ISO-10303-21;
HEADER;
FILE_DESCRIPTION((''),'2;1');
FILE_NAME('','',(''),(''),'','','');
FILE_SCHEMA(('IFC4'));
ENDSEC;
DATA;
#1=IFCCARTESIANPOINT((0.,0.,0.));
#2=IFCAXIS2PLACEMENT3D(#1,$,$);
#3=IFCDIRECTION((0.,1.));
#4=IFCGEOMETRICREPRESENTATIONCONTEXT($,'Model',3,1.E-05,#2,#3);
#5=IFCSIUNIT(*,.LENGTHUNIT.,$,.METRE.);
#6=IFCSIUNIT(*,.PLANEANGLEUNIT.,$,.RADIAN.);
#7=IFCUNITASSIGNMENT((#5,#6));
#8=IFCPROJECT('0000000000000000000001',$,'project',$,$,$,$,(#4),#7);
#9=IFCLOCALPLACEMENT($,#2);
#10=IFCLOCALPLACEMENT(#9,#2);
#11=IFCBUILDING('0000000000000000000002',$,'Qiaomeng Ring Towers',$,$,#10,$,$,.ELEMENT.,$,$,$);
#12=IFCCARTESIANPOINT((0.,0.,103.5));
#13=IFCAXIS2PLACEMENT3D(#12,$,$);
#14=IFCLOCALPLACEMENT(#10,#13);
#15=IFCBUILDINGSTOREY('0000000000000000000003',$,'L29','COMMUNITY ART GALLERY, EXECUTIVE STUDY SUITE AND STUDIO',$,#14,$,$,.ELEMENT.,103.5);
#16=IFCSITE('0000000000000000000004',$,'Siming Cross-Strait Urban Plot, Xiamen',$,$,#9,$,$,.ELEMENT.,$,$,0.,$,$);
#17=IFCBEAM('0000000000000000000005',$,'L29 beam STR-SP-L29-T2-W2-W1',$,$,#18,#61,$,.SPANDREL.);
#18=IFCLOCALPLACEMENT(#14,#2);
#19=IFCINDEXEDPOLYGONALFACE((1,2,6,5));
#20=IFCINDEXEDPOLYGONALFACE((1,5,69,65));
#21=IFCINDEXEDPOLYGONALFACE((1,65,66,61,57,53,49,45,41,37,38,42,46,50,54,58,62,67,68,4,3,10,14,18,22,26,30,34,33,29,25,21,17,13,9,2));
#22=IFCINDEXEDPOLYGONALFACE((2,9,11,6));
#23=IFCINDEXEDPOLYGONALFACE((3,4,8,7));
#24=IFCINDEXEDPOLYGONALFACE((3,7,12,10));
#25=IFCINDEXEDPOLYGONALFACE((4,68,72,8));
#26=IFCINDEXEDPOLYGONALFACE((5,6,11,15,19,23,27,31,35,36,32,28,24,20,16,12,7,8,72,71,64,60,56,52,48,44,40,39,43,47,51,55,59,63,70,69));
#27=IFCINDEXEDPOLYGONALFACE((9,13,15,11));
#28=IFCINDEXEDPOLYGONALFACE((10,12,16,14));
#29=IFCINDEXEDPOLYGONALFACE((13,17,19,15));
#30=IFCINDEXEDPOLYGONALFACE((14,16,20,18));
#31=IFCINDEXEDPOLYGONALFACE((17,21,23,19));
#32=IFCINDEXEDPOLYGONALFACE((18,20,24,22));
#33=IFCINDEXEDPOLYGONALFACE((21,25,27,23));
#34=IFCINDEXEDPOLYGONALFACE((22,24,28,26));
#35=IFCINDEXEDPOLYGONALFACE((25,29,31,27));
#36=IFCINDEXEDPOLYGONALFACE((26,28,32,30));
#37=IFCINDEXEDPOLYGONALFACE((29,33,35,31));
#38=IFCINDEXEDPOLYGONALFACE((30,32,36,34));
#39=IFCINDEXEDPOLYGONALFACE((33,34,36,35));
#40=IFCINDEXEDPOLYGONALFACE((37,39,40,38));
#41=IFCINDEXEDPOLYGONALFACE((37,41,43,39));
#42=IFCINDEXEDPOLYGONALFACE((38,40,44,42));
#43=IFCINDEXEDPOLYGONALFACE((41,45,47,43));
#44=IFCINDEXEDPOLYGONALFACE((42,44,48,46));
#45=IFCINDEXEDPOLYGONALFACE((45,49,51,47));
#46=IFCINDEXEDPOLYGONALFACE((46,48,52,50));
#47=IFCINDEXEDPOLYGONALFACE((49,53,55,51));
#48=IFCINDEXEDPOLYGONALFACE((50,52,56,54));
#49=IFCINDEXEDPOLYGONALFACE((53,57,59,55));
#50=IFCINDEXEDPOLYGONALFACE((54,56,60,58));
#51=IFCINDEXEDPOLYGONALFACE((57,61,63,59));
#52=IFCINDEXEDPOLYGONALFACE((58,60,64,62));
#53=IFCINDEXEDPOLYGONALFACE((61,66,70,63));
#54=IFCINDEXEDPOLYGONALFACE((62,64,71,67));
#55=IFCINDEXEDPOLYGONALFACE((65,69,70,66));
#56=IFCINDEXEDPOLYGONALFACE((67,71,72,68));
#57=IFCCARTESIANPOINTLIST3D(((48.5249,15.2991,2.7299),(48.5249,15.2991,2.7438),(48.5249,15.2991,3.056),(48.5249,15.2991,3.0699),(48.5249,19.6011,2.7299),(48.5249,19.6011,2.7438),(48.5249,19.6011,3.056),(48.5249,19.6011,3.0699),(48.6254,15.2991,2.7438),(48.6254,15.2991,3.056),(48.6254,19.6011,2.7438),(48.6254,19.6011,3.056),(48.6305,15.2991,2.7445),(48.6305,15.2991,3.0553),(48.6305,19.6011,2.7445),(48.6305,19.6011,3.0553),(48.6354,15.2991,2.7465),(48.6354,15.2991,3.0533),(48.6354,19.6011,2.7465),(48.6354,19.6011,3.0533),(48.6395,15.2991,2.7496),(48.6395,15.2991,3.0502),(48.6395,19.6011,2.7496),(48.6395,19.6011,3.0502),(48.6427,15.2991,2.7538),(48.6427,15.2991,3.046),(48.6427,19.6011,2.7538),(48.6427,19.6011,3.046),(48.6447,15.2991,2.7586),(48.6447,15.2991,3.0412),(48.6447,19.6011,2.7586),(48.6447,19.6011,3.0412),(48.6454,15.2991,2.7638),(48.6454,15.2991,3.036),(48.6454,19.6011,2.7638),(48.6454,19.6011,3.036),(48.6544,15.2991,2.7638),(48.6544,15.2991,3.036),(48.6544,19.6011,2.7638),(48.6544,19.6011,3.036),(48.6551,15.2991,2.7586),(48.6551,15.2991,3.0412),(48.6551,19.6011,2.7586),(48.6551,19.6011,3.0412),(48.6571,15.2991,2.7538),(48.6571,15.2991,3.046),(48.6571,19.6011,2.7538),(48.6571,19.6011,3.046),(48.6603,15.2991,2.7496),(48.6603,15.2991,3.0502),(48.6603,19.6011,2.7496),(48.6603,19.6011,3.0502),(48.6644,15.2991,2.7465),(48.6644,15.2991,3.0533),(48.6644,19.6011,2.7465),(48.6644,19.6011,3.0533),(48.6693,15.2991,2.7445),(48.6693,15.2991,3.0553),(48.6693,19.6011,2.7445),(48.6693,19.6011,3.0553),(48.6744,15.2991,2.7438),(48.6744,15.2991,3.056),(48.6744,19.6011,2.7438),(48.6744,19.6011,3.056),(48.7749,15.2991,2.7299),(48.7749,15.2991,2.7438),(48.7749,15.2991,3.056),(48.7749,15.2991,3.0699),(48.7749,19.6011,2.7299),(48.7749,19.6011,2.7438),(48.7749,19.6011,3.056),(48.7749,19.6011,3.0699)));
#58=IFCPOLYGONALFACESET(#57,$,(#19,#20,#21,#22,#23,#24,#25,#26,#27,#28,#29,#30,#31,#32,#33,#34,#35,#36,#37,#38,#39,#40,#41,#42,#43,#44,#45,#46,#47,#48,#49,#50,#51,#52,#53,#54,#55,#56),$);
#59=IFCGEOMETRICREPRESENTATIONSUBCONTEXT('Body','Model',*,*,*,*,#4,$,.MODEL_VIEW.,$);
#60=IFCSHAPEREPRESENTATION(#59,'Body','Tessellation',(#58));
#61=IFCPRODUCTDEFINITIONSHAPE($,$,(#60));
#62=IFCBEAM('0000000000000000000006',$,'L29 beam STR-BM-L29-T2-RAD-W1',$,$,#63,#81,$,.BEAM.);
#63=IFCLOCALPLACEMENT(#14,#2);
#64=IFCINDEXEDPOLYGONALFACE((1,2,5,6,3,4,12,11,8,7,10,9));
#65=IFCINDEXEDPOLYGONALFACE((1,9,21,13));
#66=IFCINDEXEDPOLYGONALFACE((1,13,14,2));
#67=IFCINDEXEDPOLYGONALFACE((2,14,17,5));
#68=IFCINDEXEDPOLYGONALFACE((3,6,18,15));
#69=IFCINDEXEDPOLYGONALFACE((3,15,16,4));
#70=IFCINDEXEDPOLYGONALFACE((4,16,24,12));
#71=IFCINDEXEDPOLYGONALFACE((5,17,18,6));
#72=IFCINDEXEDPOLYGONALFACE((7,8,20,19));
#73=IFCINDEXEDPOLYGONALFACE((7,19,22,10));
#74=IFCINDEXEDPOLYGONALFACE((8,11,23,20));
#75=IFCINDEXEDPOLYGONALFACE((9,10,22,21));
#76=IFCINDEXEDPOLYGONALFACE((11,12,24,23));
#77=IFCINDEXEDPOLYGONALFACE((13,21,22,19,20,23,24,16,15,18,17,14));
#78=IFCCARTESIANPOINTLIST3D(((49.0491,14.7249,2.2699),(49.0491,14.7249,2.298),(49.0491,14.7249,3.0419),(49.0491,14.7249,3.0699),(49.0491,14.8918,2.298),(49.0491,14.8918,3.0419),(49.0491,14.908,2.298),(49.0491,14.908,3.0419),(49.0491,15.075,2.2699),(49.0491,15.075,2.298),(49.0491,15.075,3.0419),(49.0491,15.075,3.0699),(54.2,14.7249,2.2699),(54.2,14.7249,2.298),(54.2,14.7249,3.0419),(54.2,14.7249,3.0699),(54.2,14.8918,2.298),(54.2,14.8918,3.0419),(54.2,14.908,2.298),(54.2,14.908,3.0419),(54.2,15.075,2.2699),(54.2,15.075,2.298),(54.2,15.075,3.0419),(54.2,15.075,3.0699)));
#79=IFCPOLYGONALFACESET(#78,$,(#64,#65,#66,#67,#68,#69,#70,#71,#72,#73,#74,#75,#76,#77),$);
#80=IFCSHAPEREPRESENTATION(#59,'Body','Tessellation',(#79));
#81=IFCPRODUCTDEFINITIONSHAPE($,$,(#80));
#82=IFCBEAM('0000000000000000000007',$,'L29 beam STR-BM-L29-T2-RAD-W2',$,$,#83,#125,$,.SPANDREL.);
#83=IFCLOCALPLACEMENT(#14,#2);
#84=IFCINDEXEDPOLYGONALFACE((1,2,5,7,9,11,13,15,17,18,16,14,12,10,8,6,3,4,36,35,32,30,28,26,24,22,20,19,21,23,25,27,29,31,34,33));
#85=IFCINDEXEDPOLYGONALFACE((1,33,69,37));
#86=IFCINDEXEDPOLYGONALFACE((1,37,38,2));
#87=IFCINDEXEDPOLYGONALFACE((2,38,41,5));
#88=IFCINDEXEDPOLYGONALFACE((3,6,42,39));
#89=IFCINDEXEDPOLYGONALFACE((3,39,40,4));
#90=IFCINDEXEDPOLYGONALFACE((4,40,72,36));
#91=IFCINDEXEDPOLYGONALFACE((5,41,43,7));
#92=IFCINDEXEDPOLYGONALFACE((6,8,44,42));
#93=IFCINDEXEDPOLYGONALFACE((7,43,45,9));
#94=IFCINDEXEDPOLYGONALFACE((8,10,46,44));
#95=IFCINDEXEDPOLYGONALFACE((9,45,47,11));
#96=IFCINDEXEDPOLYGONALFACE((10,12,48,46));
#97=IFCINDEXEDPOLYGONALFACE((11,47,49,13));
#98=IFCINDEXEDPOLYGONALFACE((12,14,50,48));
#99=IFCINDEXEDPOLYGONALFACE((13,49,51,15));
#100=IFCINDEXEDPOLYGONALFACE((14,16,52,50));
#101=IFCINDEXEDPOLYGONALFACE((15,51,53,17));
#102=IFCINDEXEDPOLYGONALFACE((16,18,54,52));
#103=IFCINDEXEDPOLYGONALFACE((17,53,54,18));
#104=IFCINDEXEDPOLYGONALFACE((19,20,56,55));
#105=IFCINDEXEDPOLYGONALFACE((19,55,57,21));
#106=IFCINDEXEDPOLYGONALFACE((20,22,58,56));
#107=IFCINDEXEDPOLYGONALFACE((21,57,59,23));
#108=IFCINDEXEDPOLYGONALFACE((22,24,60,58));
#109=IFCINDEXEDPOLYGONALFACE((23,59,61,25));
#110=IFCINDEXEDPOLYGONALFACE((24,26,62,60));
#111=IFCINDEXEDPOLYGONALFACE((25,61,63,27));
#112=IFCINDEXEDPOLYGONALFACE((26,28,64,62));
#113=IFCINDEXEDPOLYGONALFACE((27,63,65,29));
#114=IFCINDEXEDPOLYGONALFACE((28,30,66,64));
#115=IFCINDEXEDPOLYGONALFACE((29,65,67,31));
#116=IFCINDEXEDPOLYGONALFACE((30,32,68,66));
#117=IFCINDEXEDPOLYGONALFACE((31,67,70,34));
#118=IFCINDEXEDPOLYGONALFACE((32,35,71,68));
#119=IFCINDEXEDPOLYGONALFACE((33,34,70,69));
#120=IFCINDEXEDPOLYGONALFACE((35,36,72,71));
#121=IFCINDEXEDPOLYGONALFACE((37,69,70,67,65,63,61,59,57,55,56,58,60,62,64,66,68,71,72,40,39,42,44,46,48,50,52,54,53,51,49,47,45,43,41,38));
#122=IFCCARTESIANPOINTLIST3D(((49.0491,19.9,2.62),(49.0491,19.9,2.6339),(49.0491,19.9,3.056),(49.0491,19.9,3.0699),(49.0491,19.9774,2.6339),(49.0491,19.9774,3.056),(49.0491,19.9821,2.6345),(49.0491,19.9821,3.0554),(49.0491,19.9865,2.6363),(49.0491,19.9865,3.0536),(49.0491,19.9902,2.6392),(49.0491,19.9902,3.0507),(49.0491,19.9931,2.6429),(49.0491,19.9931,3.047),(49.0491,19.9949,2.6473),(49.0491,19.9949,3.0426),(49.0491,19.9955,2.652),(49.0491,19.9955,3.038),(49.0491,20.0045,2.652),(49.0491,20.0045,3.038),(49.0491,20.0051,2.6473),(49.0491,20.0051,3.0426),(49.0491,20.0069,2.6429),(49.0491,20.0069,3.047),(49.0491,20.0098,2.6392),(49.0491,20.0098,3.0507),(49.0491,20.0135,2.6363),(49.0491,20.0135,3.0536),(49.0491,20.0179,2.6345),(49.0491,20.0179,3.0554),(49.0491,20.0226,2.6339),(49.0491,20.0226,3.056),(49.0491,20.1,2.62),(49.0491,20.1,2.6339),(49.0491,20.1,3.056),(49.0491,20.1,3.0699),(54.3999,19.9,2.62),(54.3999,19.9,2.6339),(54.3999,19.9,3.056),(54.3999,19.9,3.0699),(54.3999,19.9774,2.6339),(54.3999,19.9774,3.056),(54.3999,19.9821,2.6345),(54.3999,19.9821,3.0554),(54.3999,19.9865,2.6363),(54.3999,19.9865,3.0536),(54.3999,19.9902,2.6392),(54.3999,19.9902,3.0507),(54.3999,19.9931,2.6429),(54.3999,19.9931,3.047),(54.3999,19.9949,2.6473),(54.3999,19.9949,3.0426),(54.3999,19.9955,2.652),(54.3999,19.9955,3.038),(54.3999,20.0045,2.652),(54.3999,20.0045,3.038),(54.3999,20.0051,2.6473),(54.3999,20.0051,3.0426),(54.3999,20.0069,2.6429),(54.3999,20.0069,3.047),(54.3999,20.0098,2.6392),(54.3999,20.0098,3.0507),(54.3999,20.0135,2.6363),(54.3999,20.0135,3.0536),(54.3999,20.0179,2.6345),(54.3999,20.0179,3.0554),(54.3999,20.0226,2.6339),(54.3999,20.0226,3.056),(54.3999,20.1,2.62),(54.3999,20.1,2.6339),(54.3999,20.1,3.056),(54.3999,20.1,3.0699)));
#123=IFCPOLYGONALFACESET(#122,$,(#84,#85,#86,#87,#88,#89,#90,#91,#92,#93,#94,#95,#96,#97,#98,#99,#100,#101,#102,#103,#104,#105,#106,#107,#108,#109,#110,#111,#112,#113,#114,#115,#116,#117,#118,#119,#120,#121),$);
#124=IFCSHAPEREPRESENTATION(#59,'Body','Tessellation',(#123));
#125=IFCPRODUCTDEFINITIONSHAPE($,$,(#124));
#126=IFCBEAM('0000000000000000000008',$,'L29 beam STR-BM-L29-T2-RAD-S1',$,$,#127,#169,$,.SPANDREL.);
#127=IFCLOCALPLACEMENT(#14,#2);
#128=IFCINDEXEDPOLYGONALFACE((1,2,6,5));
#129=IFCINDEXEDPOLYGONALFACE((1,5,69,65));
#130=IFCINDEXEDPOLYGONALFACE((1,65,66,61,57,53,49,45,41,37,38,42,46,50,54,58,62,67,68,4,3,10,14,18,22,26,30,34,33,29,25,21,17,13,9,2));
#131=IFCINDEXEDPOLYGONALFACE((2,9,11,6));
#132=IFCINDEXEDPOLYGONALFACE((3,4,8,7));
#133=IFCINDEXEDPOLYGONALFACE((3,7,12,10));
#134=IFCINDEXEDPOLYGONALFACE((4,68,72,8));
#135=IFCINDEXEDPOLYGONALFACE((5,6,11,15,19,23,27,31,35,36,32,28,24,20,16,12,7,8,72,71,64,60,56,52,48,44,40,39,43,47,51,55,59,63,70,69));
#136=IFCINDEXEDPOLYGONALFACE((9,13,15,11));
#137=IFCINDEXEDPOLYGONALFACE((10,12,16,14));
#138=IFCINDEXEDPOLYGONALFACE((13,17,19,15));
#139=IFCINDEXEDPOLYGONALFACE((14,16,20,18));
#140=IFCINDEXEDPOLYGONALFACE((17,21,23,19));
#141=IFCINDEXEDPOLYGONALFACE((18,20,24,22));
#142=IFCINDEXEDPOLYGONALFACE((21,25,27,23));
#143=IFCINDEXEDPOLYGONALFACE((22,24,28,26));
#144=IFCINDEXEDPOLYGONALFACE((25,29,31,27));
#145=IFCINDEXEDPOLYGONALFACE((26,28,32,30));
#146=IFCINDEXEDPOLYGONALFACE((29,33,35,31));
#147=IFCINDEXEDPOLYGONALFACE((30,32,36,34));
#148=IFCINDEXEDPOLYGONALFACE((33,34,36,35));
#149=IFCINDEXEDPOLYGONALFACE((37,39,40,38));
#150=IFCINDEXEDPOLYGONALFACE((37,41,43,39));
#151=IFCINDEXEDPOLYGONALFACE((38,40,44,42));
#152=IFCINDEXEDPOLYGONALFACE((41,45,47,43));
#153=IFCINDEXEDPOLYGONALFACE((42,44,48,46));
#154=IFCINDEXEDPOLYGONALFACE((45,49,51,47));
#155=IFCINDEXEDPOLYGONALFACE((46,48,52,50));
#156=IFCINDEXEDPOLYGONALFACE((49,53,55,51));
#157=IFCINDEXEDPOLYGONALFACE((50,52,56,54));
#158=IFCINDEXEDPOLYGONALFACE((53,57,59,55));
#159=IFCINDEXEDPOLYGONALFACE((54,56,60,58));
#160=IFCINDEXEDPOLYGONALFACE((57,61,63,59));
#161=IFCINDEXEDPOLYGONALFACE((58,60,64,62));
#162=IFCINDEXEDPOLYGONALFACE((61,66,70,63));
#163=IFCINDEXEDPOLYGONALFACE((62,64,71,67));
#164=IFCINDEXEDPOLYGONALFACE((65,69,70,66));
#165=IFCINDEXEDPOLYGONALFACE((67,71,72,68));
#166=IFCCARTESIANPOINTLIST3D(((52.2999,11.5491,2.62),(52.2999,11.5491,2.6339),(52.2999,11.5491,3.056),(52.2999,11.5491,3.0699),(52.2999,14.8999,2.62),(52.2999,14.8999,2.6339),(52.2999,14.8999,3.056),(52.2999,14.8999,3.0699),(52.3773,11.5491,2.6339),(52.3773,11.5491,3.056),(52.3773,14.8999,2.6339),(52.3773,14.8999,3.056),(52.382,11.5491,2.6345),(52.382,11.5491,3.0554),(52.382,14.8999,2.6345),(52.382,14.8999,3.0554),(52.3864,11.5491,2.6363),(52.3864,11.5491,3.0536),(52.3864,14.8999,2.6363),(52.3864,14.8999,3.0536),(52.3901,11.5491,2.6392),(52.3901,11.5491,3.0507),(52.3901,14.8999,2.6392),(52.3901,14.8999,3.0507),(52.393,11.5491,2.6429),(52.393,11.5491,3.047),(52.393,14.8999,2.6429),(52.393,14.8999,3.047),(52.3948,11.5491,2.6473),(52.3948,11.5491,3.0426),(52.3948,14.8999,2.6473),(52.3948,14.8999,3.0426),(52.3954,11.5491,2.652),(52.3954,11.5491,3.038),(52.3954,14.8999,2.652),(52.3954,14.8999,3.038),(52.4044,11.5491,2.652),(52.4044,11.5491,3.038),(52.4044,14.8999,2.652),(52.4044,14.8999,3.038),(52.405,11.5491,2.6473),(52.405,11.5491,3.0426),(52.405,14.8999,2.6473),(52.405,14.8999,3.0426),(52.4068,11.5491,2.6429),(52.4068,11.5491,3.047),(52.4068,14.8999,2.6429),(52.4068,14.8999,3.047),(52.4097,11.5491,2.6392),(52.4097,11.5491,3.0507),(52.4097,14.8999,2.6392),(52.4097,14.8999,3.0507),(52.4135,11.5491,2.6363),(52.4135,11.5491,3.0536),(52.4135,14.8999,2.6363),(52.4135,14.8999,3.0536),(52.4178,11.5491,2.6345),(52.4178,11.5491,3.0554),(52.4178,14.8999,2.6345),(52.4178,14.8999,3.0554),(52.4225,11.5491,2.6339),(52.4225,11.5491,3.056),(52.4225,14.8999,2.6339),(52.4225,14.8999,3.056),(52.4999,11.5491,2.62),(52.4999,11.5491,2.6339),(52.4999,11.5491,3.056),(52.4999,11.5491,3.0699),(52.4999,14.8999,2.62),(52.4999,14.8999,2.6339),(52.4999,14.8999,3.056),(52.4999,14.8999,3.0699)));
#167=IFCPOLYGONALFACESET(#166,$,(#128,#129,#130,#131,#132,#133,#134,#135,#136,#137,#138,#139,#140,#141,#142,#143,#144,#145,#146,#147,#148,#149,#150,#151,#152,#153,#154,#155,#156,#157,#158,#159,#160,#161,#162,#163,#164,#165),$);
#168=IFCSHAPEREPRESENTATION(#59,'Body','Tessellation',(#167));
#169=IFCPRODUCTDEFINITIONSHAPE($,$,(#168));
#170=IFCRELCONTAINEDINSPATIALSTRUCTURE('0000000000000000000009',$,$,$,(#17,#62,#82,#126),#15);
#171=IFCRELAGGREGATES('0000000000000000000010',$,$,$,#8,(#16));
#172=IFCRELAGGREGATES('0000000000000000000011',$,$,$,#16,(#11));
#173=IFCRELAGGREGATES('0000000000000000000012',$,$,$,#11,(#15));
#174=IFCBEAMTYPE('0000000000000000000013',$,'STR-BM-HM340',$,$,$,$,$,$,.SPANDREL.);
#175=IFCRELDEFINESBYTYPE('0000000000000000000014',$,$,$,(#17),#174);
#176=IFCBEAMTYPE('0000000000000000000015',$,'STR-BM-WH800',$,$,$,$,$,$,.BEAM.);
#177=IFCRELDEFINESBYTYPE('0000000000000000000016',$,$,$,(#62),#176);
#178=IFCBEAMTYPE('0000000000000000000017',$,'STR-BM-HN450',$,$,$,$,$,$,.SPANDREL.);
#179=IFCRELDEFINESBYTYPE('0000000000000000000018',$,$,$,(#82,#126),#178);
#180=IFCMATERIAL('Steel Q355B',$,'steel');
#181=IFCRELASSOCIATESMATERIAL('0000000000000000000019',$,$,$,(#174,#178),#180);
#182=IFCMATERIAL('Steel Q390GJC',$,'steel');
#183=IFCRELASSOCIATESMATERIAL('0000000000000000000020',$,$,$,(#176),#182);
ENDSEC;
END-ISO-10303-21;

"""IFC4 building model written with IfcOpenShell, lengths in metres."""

from ifc_helpers import new_model, si_unit, direction, frame, origin, origin_2d, place, context, subcontext, project, spatial, i_section, extrude, source, transform, mapped, material, material_profile, profile_set, type_object, element, save


model = new_model("IFC4")

# Units and contexts
model_context = context("Model", 3, precision=1e-05, world=origin(), true_north=direction((0.0, 1.0)))
body_context = subcontext(model_context, "Body", "Model", "MODEL_VIEW")
ifc_project = project(units=[si_unit("LENGTHUNIT", "METRE"), si_unit("PLANEANGLEUNIT", "RADIAN")], contexts=[model_context])

# Site, building, storey
site_placement = place(None, origin())
site = spatial("IfcSite", under=ifc_project, at=site_placement, Name="Siming Cross-Strait Urban Plot, Xiamen", CompositionType="ELEMENT", RefElevation=0.0)
building_placement = place(site_placement, origin())
building = spatial("IfcBuilding", under=site, at=building_placement, Name="Qiaomeng Ring Towers", CompositionType="ELEMENT")
storey_placement = place(building_placement, frame((0.0, 0.0, 103.5)))
storey = spatial("IfcBuildingStorey", under=building, at=storey_placement, Name="L29", Description="COMMUNITY ART GALLERY, EXECUTIVE STUDY SUITE AND STUDIO", CompositionType="ELEMENT", Elevation=103.5)

# Beams
ifc_material_1 = material(Name="Steel Q355B", Category="steel")
ifc_material_profile_1 = material_profile(ifc_material_1, i_section(OverallWidth=0.25, OverallDepth=0.3401, WebThickness=0.009, FlangeThickness=0.0139, FilletRadius=0.02, at=origin_2d()), Name="HM 340x250x9x14")
ifc_profile_set_1 = profile_set([ifc_material_profile_1], Name="Steel Q355B")
beam_type_1 = type_object("IfcBeamType", Name="STR-BM-HM340", PredefinedType="SPANDREL", material=ifc_profile_set_1)
shared_shape_1 = source(origin(), body_context, "Body", "SweptSolid", [
    extrude(i_section(OverallWidth=0.25, OverallDepth=0.3401, WebThickness=0.009, FlangeThickness=0.0139, FilletRadius=0.02, at=origin_2d()), origin(), (0.0, 0.0, 1.0), 4.302),
])
beam_1_placement = place(storey_placement, frame((48.6499, 19.6011, 2.8999), z_axis=(0.0, -1.0, 0.0), x_axis=(1.0, 0.0, 0.0)))
element("IfcBeam", 1, at=beam_1_placement, inside=storey, type_object=beam_type_1, Name="L29 beam STR-SP-L29-T2-W2-W1", PredefinedType="SPANDREL", context=body_context, shape_type="MappedRepresentation", body=[
    mapped(shared_shape_1, transform((0.0, 0.0, 0.0), x_axis=(1.0, 0.0, 0.0), y_axis=(0.0, 1.0, 0.0), z_axis=(0.0, 0.0, 1.0), scale=1.0)),
])
ifc_material_2 = material(Name="Steel Q390GJC", Category="steel")
ifc_material_profile_2 = material_profile(ifc_material_2, i_section(OverallWidth=0.3501, OverallDepth=0.8, WebThickness=0.0161, FlangeThickness=0.0281, at=origin_2d()), Name="WH 800x350x16x28")
ifc_profile_set_2 = profile_set([ifc_material_profile_2], Name="Steel Q390GJC")
beam_type_2 = type_object("IfcBeamType", Name="STR-BM-WH800", PredefinedType="BEAM", material=ifc_profile_set_2)
shared_shape_2 = source(origin(), body_context, "Body", "SweptSolid", [
    extrude(i_section(OverallWidth=0.3501, OverallDepth=0.8, WebThickness=0.0161, FlangeThickness=0.0281, at=origin_2d()), origin(), (0.0, 0.0, 1.0), 5.1509),
])
beam_2_placement = place(storey_placement, frame((49.0491, 14.8999, 2.6699), z_axis=(1.0, 0.0, 0.0), x_axis=(0.0, 1.0, 0.0)))
element("IfcBeam", 2, at=beam_2_placement, inside=storey, type_object=beam_type_2, Name="L29 beam STR-BM-L29-T2-RAD-W1", PredefinedType="BEAM", context=body_context, shape_type="MappedRepresentation", body=[
    mapped(shared_shape_2, transform((0.0, 0.0, 0.0), x_axis=(1.0, 0.0, 0.0), y_axis=(0.0, 1.0, 0.0), z_axis=(0.0, 0.0, 1.0), scale=1.0)),
])
ifc_material_profile_3 = material_profile(ifc_material_1, i_section(OverallWidth=0.2, OverallDepth=0.45, WebThickness=0.009, FlangeThickness=0.0139, FilletRadius=0.0181, at=origin_2d()), Name="HN 450x200x9x14")
ifc_profile_set_3 = profile_set([ifc_material_profile_3], Name="Steel Q355B")
beam_type_3 = type_object("IfcBeamType", Name="STR-BM-HN450", PredefinedType="SPANDREL", material=ifc_profile_set_3)
shared_shape_3 = source(origin(), body_context, "Body", "SweptSolid", [
    extrude(i_section(OverallWidth=0.2, OverallDepth=0.45, WebThickness=0.009, FlangeThickness=0.0139, FilletRadius=0.0181, at=origin_2d()), origin(), (0.0, 0.0, 1.0), 5.3508),
])
beam_3_placement = place(storey_placement, frame((49.0491, 20.0, 2.845), z_axis=(1.0, 0.0, 0.0), x_axis=(0.0, 1.0, 0.0)))
element("IfcBeam", 3, at=beam_3_placement, inside=storey, type_object=beam_type_3, Name="L29 beam STR-BM-L29-T2-RAD-W2", PredefinedType="SPANDREL", context=body_context, shape_type="MappedRepresentation", body=[
    mapped(shared_shape_3, transform((0.0, 0.0, 0.0), x_axis=(1.0, 0.0, 0.0), y_axis=(0.0, 1.0, 0.0), z_axis=(0.0, 0.0, 1.0), scale=1.0)),
])
shared_shape_4 = source(origin(), body_context, "Body", "SweptSolid", [
    extrude(i_section(OverallWidth=0.2, OverallDepth=0.45, WebThickness=0.009, FlangeThickness=0.0139, FilletRadius=0.0181, at=origin_2d()), origin(), (0.0, 0.0, 1.0), 3.3508),
])
beam_4_placement = place(storey_placement, frame((52.3999, 11.5491, 2.845), z_axis=(0.0, 1.0, 0.0), x_axis=(-1.0, 0.0, 0.0)))
element("IfcBeam", 4, at=beam_4_placement, inside=storey, type_object=beam_type_3, Name="L29 beam STR-BM-L29-T2-RAD-S1", PredefinedType="SPANDREL", context=body_context, shape_type="MappedRepresentation", body=[
    mapped(shared_shape_4, transform((0.0, 0.0, 0.0), x_axis=(1.0, 0.0, 0.0), y_axis=(0.0, 1.0, 0.0), z_axis=(0.0, 0.0, 1.0), scale=1.0)),
])

save(model, "model.ifc")
